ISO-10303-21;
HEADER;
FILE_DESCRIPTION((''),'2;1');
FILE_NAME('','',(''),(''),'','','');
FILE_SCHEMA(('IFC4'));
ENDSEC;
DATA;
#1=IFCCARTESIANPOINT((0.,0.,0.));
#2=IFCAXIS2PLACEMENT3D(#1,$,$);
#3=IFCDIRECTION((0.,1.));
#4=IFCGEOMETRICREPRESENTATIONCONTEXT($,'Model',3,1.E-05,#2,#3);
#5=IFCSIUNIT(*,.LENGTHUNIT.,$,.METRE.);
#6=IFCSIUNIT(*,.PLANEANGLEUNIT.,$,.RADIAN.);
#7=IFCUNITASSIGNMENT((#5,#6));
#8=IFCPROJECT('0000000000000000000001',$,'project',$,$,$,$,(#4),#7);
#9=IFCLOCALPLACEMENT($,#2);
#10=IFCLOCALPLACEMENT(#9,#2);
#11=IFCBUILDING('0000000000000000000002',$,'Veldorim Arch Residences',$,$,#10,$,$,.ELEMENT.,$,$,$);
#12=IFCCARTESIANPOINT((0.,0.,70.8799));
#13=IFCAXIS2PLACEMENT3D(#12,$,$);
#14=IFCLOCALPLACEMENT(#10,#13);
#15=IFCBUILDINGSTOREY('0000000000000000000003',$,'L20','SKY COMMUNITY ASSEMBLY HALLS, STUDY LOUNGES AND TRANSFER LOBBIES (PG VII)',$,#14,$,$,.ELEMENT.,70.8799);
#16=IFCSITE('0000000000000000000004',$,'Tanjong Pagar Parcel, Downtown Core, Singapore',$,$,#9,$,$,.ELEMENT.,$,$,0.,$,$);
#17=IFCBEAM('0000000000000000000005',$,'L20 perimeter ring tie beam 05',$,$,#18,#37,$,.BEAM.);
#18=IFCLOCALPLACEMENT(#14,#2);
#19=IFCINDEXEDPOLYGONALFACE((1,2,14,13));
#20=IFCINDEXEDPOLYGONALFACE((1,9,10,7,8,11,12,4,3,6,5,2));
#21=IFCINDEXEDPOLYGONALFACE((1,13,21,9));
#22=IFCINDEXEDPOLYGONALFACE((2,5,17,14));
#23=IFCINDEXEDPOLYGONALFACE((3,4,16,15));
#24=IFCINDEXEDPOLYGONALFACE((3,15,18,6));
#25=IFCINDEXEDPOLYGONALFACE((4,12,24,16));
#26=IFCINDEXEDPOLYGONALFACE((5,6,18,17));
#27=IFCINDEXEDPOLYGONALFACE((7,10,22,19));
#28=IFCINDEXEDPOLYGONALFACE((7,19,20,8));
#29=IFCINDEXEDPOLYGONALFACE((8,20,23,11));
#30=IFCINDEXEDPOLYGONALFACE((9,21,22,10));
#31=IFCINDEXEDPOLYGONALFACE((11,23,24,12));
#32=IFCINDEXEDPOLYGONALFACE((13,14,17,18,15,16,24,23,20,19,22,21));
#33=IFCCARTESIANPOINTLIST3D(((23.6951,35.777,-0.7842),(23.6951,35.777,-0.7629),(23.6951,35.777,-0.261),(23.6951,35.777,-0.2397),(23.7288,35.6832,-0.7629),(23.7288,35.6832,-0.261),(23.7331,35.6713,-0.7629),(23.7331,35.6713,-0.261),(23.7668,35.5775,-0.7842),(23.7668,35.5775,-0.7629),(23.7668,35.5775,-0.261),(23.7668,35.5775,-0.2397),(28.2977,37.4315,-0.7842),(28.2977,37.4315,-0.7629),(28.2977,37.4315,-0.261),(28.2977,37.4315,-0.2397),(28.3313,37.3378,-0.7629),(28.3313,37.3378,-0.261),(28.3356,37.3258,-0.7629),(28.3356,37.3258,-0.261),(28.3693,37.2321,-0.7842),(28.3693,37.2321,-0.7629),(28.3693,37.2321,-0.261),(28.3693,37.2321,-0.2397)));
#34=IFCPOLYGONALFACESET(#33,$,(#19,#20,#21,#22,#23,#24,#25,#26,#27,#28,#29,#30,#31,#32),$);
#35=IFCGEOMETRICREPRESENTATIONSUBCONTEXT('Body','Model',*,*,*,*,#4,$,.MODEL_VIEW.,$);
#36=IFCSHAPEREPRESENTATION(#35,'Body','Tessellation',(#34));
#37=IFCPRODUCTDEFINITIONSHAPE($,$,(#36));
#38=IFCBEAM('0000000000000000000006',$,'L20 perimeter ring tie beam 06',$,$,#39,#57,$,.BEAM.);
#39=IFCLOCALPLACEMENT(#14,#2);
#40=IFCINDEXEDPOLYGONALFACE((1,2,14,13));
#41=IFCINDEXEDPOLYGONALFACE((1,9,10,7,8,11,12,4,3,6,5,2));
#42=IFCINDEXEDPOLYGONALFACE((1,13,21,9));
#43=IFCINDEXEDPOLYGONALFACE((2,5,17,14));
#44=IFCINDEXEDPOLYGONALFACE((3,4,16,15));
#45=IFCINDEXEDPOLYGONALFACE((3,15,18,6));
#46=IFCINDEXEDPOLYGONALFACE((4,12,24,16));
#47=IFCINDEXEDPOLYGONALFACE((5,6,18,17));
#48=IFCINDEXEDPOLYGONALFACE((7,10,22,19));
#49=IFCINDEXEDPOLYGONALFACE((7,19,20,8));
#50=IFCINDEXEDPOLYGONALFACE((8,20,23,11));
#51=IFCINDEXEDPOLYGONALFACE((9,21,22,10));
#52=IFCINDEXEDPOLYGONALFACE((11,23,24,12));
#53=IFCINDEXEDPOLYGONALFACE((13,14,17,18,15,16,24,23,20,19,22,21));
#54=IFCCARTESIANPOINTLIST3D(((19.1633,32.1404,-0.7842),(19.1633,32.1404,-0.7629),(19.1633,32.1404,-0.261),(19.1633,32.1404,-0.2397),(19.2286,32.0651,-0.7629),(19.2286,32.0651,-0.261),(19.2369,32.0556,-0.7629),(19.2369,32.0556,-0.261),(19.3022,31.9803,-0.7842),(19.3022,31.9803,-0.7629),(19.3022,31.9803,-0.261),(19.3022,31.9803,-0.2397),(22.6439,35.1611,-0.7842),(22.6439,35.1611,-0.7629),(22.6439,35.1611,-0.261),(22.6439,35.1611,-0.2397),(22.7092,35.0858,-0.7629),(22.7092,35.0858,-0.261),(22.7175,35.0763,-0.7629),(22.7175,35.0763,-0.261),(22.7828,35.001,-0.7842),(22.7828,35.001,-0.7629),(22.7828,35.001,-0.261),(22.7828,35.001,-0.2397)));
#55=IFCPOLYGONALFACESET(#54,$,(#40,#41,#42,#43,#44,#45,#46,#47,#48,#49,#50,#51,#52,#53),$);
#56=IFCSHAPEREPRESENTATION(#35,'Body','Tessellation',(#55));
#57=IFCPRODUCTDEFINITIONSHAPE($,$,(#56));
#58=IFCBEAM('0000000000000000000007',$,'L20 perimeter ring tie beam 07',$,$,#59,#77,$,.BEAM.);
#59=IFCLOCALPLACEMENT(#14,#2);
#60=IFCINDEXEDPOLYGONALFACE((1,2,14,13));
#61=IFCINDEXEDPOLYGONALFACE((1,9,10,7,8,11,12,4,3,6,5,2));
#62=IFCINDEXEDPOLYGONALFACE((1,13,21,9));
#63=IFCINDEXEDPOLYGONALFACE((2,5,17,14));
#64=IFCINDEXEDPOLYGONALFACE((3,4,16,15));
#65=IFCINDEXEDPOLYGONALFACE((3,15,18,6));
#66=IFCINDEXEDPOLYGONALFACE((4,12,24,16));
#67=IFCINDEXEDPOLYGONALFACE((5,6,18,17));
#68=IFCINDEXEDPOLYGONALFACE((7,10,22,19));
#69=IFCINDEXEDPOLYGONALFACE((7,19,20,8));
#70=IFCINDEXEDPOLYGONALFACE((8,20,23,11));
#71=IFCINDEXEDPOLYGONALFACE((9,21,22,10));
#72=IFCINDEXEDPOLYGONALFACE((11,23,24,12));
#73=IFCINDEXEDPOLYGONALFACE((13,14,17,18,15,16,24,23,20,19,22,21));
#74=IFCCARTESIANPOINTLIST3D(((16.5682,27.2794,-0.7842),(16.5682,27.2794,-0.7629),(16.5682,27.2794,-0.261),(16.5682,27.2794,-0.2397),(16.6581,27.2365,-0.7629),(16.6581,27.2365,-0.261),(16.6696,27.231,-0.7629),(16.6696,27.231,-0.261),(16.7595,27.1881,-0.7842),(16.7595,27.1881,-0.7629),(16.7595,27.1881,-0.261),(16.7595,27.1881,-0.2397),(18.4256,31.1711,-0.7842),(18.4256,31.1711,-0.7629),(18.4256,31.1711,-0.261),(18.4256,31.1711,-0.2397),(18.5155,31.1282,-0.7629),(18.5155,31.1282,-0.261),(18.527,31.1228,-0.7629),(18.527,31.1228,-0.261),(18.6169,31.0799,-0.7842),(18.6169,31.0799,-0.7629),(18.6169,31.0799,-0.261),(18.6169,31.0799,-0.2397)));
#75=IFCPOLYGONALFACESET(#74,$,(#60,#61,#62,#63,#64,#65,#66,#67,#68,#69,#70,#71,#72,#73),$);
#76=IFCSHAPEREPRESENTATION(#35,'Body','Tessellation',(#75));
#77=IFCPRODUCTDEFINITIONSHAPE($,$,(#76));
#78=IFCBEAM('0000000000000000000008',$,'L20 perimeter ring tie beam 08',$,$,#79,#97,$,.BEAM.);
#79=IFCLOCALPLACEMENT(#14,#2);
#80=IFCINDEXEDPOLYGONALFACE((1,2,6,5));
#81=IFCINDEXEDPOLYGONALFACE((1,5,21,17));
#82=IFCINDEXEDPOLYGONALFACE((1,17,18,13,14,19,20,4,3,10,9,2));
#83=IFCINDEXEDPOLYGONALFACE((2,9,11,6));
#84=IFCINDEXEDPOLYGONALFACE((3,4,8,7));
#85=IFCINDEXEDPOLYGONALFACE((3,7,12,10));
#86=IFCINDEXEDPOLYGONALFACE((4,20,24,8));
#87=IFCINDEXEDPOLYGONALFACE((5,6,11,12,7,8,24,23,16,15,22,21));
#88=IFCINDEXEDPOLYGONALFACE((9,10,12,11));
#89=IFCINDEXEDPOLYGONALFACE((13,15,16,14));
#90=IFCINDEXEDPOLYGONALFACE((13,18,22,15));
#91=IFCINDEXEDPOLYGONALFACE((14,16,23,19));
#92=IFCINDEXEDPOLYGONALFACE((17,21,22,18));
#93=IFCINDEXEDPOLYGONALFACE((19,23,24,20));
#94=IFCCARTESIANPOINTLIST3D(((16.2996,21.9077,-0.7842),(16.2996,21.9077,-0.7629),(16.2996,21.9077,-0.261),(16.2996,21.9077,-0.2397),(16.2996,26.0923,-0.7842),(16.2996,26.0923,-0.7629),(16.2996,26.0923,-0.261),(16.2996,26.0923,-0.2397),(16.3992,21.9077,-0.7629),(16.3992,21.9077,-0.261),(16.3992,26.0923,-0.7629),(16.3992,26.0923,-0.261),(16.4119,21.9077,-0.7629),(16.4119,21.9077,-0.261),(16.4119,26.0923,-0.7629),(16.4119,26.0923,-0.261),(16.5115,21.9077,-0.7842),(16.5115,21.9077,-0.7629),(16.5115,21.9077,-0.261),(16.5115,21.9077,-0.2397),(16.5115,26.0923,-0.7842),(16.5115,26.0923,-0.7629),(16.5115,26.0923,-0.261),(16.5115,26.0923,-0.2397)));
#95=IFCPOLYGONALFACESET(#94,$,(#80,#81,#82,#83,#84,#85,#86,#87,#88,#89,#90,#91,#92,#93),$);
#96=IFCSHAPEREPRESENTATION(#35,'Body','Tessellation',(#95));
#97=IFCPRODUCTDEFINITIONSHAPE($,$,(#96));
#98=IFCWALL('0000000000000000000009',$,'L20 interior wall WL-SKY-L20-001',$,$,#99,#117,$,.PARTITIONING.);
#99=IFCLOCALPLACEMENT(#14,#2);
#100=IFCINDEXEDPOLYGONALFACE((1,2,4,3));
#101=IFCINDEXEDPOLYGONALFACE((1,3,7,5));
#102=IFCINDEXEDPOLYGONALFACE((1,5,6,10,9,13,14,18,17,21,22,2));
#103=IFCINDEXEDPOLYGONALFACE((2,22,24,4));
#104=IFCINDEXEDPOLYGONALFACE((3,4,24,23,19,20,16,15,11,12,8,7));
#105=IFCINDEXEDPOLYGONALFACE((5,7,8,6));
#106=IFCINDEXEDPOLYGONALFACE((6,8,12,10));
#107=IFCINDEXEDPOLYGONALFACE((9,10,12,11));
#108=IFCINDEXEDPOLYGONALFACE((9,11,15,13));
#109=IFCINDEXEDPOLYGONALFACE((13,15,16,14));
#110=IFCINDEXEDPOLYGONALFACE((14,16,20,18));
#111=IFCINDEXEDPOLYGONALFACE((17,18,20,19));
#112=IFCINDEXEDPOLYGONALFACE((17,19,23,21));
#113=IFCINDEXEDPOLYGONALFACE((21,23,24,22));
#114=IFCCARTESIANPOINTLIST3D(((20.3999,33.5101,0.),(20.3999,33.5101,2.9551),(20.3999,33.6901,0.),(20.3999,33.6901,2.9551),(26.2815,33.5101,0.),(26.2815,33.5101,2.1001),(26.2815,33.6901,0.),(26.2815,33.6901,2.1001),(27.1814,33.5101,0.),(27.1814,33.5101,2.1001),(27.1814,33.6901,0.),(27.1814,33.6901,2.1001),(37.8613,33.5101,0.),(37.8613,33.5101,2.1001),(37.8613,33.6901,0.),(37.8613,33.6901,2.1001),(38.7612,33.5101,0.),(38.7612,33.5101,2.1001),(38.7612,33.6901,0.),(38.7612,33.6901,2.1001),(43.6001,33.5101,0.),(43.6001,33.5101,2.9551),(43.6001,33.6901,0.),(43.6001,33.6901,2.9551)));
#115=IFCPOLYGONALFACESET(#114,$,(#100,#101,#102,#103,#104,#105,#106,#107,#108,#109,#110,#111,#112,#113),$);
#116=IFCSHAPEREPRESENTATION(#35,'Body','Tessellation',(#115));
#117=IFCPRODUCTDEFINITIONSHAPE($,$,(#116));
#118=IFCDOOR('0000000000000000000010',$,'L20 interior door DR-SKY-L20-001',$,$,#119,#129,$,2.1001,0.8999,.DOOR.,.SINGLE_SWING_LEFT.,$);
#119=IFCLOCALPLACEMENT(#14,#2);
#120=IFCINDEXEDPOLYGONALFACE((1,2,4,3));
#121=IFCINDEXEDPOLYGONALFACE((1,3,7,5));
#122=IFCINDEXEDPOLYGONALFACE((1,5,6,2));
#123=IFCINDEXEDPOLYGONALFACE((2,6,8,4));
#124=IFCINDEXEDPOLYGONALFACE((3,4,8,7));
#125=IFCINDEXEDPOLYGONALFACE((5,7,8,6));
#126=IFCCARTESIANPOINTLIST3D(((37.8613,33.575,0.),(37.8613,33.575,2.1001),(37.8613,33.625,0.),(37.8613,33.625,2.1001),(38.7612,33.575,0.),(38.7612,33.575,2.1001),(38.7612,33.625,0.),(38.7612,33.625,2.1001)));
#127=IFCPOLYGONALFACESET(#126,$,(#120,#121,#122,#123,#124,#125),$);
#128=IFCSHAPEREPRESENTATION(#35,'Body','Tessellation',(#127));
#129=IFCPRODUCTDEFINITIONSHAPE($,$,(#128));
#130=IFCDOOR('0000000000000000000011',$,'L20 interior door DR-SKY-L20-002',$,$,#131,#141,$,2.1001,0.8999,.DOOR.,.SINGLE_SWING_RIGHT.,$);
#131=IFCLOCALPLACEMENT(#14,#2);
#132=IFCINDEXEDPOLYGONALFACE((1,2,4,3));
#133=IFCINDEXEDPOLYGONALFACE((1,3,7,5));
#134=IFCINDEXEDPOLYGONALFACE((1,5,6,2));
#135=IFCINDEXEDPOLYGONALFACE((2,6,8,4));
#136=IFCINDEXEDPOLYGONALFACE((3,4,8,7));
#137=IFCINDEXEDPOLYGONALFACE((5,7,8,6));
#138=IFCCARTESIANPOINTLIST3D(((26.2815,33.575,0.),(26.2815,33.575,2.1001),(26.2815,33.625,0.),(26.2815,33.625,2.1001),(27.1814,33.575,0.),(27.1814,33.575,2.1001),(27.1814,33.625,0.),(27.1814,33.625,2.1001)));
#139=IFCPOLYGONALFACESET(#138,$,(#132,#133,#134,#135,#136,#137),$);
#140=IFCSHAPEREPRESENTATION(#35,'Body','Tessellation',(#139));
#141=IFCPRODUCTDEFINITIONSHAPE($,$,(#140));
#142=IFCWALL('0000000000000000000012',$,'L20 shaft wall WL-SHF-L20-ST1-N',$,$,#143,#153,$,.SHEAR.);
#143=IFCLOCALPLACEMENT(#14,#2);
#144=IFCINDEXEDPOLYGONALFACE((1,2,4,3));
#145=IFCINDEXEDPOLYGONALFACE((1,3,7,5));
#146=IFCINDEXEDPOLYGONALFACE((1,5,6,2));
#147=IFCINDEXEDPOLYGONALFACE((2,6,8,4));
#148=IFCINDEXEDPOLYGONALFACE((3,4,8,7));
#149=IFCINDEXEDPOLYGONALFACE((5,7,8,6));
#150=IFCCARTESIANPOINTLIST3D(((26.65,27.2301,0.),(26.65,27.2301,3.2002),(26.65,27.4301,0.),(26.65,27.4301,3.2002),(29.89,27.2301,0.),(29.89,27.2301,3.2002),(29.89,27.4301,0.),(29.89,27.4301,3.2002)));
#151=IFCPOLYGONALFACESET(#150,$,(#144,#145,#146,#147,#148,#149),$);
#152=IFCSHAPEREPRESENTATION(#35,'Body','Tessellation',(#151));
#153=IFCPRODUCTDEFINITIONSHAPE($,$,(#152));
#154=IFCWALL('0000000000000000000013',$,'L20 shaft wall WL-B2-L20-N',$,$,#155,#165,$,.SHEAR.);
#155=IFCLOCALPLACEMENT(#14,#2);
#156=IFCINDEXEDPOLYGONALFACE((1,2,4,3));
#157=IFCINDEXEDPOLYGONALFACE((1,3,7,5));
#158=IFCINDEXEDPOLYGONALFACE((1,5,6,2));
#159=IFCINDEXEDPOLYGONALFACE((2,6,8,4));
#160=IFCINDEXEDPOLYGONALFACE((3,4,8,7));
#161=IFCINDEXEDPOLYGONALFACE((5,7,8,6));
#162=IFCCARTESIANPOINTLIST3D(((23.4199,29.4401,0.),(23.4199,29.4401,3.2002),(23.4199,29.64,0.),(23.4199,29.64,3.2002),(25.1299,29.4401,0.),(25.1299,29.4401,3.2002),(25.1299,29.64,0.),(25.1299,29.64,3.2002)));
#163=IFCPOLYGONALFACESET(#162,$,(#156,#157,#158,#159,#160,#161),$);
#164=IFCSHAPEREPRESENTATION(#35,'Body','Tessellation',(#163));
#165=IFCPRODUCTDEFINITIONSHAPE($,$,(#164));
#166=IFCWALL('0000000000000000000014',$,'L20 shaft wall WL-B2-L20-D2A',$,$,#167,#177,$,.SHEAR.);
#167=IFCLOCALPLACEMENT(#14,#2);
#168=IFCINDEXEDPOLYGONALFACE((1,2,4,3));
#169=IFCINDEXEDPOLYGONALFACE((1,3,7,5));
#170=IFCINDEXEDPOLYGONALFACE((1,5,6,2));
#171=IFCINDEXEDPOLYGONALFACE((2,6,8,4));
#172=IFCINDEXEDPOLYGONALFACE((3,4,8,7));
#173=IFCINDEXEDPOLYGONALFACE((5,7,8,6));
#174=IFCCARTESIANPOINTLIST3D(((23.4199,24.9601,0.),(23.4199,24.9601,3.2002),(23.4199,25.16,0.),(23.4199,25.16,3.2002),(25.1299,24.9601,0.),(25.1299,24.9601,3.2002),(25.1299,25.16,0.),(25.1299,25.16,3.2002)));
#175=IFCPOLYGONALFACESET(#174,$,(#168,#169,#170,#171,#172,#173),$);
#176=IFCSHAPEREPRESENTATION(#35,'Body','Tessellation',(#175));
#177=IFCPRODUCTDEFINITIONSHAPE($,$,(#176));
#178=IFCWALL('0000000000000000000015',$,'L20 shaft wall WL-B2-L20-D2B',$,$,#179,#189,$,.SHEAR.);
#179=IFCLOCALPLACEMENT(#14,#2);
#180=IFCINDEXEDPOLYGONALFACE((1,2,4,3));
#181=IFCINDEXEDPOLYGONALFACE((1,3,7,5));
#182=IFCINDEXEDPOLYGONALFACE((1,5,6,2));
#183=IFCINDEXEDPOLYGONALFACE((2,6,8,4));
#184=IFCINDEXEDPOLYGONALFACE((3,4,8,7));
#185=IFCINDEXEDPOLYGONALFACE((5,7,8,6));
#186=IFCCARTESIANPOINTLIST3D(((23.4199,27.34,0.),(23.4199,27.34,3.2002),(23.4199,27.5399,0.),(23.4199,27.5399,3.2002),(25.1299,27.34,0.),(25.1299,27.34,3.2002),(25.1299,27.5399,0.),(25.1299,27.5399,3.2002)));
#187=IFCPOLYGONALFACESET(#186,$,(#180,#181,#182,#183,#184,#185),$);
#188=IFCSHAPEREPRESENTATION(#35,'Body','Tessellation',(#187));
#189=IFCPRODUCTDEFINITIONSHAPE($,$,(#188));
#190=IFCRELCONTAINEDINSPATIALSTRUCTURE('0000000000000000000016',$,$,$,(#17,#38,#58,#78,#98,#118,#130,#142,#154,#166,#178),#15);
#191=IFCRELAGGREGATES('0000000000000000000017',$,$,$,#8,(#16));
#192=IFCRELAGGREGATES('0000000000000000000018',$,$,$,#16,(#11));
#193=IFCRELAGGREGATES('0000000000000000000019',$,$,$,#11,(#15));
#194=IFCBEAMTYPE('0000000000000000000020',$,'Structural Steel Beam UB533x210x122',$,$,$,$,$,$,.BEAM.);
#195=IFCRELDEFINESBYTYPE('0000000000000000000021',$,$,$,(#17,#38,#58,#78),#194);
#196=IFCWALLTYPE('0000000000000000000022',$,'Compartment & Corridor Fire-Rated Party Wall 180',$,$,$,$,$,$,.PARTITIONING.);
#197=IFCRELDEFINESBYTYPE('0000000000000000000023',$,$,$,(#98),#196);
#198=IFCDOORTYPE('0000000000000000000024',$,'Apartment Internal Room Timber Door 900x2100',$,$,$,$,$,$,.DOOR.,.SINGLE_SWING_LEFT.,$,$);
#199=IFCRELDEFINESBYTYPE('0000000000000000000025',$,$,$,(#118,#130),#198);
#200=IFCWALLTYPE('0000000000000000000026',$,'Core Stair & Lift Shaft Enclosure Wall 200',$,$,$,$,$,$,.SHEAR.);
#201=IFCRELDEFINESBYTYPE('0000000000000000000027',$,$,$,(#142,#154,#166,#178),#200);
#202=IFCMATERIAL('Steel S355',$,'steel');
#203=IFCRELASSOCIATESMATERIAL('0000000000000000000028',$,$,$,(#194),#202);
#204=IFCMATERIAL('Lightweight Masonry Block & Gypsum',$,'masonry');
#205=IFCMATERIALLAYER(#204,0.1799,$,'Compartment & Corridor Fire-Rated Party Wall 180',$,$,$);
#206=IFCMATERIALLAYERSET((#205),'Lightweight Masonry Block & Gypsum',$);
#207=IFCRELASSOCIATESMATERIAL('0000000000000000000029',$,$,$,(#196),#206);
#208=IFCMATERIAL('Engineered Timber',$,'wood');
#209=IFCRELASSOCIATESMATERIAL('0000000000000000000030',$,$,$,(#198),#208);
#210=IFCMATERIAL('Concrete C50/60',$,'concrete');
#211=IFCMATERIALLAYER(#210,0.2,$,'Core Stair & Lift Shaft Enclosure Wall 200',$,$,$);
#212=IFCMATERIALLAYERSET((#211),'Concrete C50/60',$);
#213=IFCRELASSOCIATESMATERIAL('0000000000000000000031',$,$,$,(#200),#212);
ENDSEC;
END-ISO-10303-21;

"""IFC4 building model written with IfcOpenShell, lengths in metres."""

from ifc_helpers import new_model, si_unit, direction, frame, frame_2d, origin, origin_2d, place, context, subcontext, project, spatial, rectangle, i_section, extrude, material, layer, layer_set, material_profile, profile_set, type_object, element, fill, save


model = new_model("IFC4")

# Units and contexts
model_context = context("Model", 3, precision=1e-05, world=origin(), true_north=direction((0.0, 1.0)))
body_context = subcontext(model_context, "Body", "Model", "MODEL_VIEW")
ifc_project = project(units=[si_unit("LENGTHUNIT", "METRE"), si_unit("PLANEANGLEUNIT", "RADIAN")], contexts=[model_context])

# Site, building, storey
site_placement = place(None, origin())
site = spatial("IfcSite", under=ifc_project, at=site_placement, Name="Tanjong Pagar Parcel, Downtown Core, Singapore", CompositionType="ELEMENT", RefElevation=0.0)
building_placement = place(site_placement, origin())
building = spatial("IfcBuilding", under=site, at=building_placement, Name="Veldorim Arch Residences", CompositionType="ELEMENT")
storey_placement = place(building_placement, frame((0.0, 0.0, 70.8799)))
storey = spatial("IfcBuildingStorey", under=building, at=storey_placement, Name="L20", Description="SKY COMMUNITY ASSEMBLY HALLS, STUDY LOUNGES AND TRANSFER LOBBIES (PG VII)", CompositionType="ELEMENT", Elevation=70.8799)

# Beams
ifc_material_1 = material(Name="Steel S355", Category="steel")
ifc_material_profile_1 = material_profile(ifc_material_1, i_section(OverallWidth=0.2119, OverallDepth=0.5444, WebThickness=0.0127, FlangeThickness=0.0212, at=origin_2d()), Name="UB533x210x122")
ifc_profile_set_1 = profile_set([ifc_material_profile_1], Name="Steel S355")
beam_type = type_object("IfcBeamType", Name="Structural Steel Beam UB533x210x122", PredefinedType="BEAM", material=ifc_profile_set_1)
beam_1_placement = place(storey_placement, frame((28.3335, 37.3318, -0.512), z_axis=(-0.941042, -0.33829, 0.0), x_axis=(0.33829, -0.941042, 0.0)))
element("IfcBeam", 1, at=beam_1_placement, inside=storey, type_object=beam_type, Name="L20 perimeter ring tie beam 05", PredefinedType="BEAM", context=body_context, shape_type="SweptSolid", body=[
    extrude(i_section(OverallWidth=0.2119, OverallDepth=0.5444, WebThickness=0.0127, FlangeThickness=0.0212, at=origin_2d()), origin(), (0.0, 0.0, 1.0), 4.8909),
])
beam_2_placement = place(storey_placement, frame((22.7134, 35.0811, -0.512), z_axis=(-0.755245, -0.655443, 0.0), x_axis=(0.655443, -0.755245, 0.0)))
element("IfcBeam", 2, at=beam_2_placement, inside=storey, type_object=beam_type, Name="L20 perimeter ring tie beam 06", PredefinedType="BEAM", context=body_context, shape_type="SweptSolid", body=[
    extrude(i_section(OverallWidth=0.2119, OverallDepth=0.5444, WebThickness=0.0127, FlangeThickness=0.0212, at=origin_2d()), origin(), (0.0, 0.0, 1.0), 4.6086),
])
beam_3_placement = place(storey_placement, frame((18.5212, 31.1255, -0.512), z_axis=(-0.43072, -0.902486, 0.0), x_axis=(0.902486, -0.43072, 0.0)))
element("IfcBeam", 3, at=beam_3_placement, inside=storey, type_object=beam_type, Name="L20 perimeter ring tie beam 07", PredefinedType="BEAM", context=body_context, shape_type="SweptSolid", body=[
    extrude(i_section(OverallWidth=0.2119, OverallDepth=0.5444, WebThickness=0.0127, FlangeThickness=0.0212, at=origin_2d()), origin(), (0.0, 0.0, 1.0), 4.3123),
])
beam_4_placement = place(storey_placement, frame((16.4055, 26.0923, -0.512), z_axis=(0.0, -1.0, 0.0), x_axis=(1.0, 0.0, 0.0)))
element("IfcBeam", 4, at=beam_4_placement, inside=storey, type_object=beam_type, Name="L20 perimeter ring tie beam 08", PredefinedType="BEAM", context=body_context, shape_type="SweptSolid", body=[
    extrude(i_section(OverallWidth=0.2119, OverallDepth=0.5444, WebThickness=0.0127, FlangeThickness=0.0212, at=origin_2d()), origin(), (0.0, 0.0, 1.0), 4.1846),
])

# Wall, openings, doors
ifc_material_2 = material(Name="Lightweight Masonry Block & Gypsum", Category="masonry")
ifc_layer_1 = layer(ifc_material_2, 0.1799, Name="Compartment & Corridor Fire-Rated Party Wall 180")
ifc_layer_set_1 = layer_set([ifc_layer_1], Name="Lightweight Masonry Block & Gypsum")
wall_type_1 = type_object("IfcWallType", Name="Compartment & Corridor Fire-Rated Party Wall 180", PredefinedType="PARTITIONING", material=ifc_layer_set_1)
wall_1_placement = place(storey_placement, frame((20.3999, 33.6001, 0.0), z_axis=(0.0, 0.0, 1.0), x_axis=(1.0, 0.0, 0.0)))
wall_1 = element("IfcWall", 5, at=wall_1_placement, inside=storey, type_object=wall_type_1, Name="L20 interior wall WL-SKY-L20-001", PredefinedType="PARTITIONING", context=body_context, shape_type="SweptSolid", body=[
    extrude(rectangle(XDim=23.2002, YDim=0.1799, at=frame_2d((11.6001, 0.0))), origin(), (0.0, 0.0, 1.0), 2.9551),
])
opening_1_placement = place(wall_1_placement, frame((17.4614, 0.0, 0.0)))
opening_1 = element("IfcOpeningElement", 6, at=opening_1_placement, cuts=wall_1, PredefinedType="OPENING", context=body_context, shape_type="SweptSolid", body=[
    extrude(rectangle(XDim=0.8999, YDim=2.1001, at=frame_2d((0.45, 1.05))), frame((0.0, 0.0999, 0.0), z_axis=(0.0, -1.0, 0.0), x_axis=(1.0, 0.0, 0.0)), (0.0, 0.0, 1.0), 0.2),
])
opening_2_placement = place(wall_1_placement, frame((5.8816, 0.0, 0.0)))
opening_2 = element("IfcOpeningElement", 7, at=opening_2_placement, cuts=wall_1, PredefinedType="OPENING", context=body_context, shape_type="SweptSolid", body=[
    extrude(rectangle(XDim=0.8999, YDim=2.1001, at=frame_2d((0.45, 1.05))), frame((0.0, 0.0999, 0.0), z_axis=(0.0, -1.0, 0.0), x_axis=(1.0, 0.0, 0.0)), (0.0, 0.0, 1.0), 0.2),
])
ifc_material_3 = material(Name="Engineered Timber", Category="wood")
door_type_1 = type_object("IfcDoorType", Name="Apartment Internal Room Timber Door 900x2100", OperationType="SINGLE_SWING_LEFT", PredefinedType="DOOR", material=ifc_material_3)
door_1_placement = place(opening_1_placement, origin())
door_1 = element("IfcDoor", 8, at=door_1_placement, inside=storey, type_object=door_type_1, Name="L20 interior door DR-SKY-L20-001", OperationType="SINGLE_SWING_LEFT", OverallHeight=2.1001, OverallWidth=0.8999, PredefinedType="DOOR", context=body_context, shape_type="SweptSolid", body=[
    extrude(rectangle(XDim=0.8999, YDim=2.1001, at=frame_2d((0.45, 1.05))), frame((0.0, 0.0249, 0.0), z_axis=(0.0, -1.0, 0.0), x_axis=(1.0, 0.0, 0.0)), (0.0, 0.0, 1.0), 0.05),
])
fill(opening_1, door_1)
door_2_placement = place(opening_2_placement, origin())
door_2 = element("IfcDoor", 9, at=door_2_placement, inside=storey, type_object=door_type_1, Name="L20 interior door DR-SKY-L20-002", OperationType="SINGLE_SWING_RIGHT", OverallHeight=2.1001, OverallWidth=0.8999, PredefinedType="DOOR", context=body_context, shape_type="SweptSolid", body=[
    extrude(rectangle(XDim=0.8999, YDim=2.1001, at=frame_2d((0.45, 1.05))), frame((0.0, 0.0249, 0.0), z_axis=(0.0, -1.0, 0.0), x_axis=(1.0, 0.0, 0.0)), (0.0, 0.0, 1.0), 0.05),
])
fill(opening_2, door_2)

# Walls
ifc_material_4 = material(Name="Concrete C50/60", Category="concrete")
ifc_layer_2 = layer(ifc_material_4, 0.2, Name="Core Stair & Lift Shaft Enclosure Wall 200")
ifc_layer_set_2 = layer_set([ifc_layer_2], Name="Concrete C50/60")
wall_type_2 = type_object("IfcWallType", Name="Core Stair & Lift Shaft Enclosure Wall 200", PredefinedType="SHEAR", material=ifc_layer_set_2)
wall_2_placement = place(storey_placement, frame((26.6499, 27.3301, 0.0), z_axis=(0.0, 0.0, 1.0), x_axis=(1.0, 0.0, 0.0)))
element("IfcWall", 10, at=wall_2_placement, inside=storey, type_object=wall_type_2, Name="L20 shaft wall WL-SHF-L20-ST1-N", PredefinedType="SHEAR", context=body_context, shape_type="SweptSolid", body=[
    extrude(rectangle(XDim=3.24, YDim=0.2, at=frame_2d((1.6201, 0.0))), origin(), (0.0, 0.0, 1.0), 3.2002),
])
for number, where, z_axis, x_axis, name in (
    (11, (23.4199, 29.54, 0.0), (0.0, 0.0, 1.0), (1.0, 0.0, 0.0), "L20 shaft wall WL-B2-L20-N"),
    (12, (23.4199, 25.0601, 0.0), (0.0, 0.0, 1.0), (1.0, 0.0, 0.0), "L20 shaft wall WL-B2-L20-D2A"),
    (13, (23.4199, 27.4399, 0.0), (0.0, 0.0, 1.0), (1.0, 0.0, 0.0), "L20 shaft wall WL-B2-L20-D2B"),
):
    element("IfcWall", number, at=place(storey_placement, frame(where, z_axis=z_axis, x_axis=x_axis)), inside=storey, type_object=wall_type_2, Name=name, PredefinedType="SHEAR", context=body_context, shape_type="SweptSolid", body=[
        extrude(rectangle(XDim=1.71, YDim=0.2, at=frame_2d((0.855, 0.0))), origin(), (0.0, 0.0, 1.0), 3.2002),
    ])

save(model, "model.ifc")
